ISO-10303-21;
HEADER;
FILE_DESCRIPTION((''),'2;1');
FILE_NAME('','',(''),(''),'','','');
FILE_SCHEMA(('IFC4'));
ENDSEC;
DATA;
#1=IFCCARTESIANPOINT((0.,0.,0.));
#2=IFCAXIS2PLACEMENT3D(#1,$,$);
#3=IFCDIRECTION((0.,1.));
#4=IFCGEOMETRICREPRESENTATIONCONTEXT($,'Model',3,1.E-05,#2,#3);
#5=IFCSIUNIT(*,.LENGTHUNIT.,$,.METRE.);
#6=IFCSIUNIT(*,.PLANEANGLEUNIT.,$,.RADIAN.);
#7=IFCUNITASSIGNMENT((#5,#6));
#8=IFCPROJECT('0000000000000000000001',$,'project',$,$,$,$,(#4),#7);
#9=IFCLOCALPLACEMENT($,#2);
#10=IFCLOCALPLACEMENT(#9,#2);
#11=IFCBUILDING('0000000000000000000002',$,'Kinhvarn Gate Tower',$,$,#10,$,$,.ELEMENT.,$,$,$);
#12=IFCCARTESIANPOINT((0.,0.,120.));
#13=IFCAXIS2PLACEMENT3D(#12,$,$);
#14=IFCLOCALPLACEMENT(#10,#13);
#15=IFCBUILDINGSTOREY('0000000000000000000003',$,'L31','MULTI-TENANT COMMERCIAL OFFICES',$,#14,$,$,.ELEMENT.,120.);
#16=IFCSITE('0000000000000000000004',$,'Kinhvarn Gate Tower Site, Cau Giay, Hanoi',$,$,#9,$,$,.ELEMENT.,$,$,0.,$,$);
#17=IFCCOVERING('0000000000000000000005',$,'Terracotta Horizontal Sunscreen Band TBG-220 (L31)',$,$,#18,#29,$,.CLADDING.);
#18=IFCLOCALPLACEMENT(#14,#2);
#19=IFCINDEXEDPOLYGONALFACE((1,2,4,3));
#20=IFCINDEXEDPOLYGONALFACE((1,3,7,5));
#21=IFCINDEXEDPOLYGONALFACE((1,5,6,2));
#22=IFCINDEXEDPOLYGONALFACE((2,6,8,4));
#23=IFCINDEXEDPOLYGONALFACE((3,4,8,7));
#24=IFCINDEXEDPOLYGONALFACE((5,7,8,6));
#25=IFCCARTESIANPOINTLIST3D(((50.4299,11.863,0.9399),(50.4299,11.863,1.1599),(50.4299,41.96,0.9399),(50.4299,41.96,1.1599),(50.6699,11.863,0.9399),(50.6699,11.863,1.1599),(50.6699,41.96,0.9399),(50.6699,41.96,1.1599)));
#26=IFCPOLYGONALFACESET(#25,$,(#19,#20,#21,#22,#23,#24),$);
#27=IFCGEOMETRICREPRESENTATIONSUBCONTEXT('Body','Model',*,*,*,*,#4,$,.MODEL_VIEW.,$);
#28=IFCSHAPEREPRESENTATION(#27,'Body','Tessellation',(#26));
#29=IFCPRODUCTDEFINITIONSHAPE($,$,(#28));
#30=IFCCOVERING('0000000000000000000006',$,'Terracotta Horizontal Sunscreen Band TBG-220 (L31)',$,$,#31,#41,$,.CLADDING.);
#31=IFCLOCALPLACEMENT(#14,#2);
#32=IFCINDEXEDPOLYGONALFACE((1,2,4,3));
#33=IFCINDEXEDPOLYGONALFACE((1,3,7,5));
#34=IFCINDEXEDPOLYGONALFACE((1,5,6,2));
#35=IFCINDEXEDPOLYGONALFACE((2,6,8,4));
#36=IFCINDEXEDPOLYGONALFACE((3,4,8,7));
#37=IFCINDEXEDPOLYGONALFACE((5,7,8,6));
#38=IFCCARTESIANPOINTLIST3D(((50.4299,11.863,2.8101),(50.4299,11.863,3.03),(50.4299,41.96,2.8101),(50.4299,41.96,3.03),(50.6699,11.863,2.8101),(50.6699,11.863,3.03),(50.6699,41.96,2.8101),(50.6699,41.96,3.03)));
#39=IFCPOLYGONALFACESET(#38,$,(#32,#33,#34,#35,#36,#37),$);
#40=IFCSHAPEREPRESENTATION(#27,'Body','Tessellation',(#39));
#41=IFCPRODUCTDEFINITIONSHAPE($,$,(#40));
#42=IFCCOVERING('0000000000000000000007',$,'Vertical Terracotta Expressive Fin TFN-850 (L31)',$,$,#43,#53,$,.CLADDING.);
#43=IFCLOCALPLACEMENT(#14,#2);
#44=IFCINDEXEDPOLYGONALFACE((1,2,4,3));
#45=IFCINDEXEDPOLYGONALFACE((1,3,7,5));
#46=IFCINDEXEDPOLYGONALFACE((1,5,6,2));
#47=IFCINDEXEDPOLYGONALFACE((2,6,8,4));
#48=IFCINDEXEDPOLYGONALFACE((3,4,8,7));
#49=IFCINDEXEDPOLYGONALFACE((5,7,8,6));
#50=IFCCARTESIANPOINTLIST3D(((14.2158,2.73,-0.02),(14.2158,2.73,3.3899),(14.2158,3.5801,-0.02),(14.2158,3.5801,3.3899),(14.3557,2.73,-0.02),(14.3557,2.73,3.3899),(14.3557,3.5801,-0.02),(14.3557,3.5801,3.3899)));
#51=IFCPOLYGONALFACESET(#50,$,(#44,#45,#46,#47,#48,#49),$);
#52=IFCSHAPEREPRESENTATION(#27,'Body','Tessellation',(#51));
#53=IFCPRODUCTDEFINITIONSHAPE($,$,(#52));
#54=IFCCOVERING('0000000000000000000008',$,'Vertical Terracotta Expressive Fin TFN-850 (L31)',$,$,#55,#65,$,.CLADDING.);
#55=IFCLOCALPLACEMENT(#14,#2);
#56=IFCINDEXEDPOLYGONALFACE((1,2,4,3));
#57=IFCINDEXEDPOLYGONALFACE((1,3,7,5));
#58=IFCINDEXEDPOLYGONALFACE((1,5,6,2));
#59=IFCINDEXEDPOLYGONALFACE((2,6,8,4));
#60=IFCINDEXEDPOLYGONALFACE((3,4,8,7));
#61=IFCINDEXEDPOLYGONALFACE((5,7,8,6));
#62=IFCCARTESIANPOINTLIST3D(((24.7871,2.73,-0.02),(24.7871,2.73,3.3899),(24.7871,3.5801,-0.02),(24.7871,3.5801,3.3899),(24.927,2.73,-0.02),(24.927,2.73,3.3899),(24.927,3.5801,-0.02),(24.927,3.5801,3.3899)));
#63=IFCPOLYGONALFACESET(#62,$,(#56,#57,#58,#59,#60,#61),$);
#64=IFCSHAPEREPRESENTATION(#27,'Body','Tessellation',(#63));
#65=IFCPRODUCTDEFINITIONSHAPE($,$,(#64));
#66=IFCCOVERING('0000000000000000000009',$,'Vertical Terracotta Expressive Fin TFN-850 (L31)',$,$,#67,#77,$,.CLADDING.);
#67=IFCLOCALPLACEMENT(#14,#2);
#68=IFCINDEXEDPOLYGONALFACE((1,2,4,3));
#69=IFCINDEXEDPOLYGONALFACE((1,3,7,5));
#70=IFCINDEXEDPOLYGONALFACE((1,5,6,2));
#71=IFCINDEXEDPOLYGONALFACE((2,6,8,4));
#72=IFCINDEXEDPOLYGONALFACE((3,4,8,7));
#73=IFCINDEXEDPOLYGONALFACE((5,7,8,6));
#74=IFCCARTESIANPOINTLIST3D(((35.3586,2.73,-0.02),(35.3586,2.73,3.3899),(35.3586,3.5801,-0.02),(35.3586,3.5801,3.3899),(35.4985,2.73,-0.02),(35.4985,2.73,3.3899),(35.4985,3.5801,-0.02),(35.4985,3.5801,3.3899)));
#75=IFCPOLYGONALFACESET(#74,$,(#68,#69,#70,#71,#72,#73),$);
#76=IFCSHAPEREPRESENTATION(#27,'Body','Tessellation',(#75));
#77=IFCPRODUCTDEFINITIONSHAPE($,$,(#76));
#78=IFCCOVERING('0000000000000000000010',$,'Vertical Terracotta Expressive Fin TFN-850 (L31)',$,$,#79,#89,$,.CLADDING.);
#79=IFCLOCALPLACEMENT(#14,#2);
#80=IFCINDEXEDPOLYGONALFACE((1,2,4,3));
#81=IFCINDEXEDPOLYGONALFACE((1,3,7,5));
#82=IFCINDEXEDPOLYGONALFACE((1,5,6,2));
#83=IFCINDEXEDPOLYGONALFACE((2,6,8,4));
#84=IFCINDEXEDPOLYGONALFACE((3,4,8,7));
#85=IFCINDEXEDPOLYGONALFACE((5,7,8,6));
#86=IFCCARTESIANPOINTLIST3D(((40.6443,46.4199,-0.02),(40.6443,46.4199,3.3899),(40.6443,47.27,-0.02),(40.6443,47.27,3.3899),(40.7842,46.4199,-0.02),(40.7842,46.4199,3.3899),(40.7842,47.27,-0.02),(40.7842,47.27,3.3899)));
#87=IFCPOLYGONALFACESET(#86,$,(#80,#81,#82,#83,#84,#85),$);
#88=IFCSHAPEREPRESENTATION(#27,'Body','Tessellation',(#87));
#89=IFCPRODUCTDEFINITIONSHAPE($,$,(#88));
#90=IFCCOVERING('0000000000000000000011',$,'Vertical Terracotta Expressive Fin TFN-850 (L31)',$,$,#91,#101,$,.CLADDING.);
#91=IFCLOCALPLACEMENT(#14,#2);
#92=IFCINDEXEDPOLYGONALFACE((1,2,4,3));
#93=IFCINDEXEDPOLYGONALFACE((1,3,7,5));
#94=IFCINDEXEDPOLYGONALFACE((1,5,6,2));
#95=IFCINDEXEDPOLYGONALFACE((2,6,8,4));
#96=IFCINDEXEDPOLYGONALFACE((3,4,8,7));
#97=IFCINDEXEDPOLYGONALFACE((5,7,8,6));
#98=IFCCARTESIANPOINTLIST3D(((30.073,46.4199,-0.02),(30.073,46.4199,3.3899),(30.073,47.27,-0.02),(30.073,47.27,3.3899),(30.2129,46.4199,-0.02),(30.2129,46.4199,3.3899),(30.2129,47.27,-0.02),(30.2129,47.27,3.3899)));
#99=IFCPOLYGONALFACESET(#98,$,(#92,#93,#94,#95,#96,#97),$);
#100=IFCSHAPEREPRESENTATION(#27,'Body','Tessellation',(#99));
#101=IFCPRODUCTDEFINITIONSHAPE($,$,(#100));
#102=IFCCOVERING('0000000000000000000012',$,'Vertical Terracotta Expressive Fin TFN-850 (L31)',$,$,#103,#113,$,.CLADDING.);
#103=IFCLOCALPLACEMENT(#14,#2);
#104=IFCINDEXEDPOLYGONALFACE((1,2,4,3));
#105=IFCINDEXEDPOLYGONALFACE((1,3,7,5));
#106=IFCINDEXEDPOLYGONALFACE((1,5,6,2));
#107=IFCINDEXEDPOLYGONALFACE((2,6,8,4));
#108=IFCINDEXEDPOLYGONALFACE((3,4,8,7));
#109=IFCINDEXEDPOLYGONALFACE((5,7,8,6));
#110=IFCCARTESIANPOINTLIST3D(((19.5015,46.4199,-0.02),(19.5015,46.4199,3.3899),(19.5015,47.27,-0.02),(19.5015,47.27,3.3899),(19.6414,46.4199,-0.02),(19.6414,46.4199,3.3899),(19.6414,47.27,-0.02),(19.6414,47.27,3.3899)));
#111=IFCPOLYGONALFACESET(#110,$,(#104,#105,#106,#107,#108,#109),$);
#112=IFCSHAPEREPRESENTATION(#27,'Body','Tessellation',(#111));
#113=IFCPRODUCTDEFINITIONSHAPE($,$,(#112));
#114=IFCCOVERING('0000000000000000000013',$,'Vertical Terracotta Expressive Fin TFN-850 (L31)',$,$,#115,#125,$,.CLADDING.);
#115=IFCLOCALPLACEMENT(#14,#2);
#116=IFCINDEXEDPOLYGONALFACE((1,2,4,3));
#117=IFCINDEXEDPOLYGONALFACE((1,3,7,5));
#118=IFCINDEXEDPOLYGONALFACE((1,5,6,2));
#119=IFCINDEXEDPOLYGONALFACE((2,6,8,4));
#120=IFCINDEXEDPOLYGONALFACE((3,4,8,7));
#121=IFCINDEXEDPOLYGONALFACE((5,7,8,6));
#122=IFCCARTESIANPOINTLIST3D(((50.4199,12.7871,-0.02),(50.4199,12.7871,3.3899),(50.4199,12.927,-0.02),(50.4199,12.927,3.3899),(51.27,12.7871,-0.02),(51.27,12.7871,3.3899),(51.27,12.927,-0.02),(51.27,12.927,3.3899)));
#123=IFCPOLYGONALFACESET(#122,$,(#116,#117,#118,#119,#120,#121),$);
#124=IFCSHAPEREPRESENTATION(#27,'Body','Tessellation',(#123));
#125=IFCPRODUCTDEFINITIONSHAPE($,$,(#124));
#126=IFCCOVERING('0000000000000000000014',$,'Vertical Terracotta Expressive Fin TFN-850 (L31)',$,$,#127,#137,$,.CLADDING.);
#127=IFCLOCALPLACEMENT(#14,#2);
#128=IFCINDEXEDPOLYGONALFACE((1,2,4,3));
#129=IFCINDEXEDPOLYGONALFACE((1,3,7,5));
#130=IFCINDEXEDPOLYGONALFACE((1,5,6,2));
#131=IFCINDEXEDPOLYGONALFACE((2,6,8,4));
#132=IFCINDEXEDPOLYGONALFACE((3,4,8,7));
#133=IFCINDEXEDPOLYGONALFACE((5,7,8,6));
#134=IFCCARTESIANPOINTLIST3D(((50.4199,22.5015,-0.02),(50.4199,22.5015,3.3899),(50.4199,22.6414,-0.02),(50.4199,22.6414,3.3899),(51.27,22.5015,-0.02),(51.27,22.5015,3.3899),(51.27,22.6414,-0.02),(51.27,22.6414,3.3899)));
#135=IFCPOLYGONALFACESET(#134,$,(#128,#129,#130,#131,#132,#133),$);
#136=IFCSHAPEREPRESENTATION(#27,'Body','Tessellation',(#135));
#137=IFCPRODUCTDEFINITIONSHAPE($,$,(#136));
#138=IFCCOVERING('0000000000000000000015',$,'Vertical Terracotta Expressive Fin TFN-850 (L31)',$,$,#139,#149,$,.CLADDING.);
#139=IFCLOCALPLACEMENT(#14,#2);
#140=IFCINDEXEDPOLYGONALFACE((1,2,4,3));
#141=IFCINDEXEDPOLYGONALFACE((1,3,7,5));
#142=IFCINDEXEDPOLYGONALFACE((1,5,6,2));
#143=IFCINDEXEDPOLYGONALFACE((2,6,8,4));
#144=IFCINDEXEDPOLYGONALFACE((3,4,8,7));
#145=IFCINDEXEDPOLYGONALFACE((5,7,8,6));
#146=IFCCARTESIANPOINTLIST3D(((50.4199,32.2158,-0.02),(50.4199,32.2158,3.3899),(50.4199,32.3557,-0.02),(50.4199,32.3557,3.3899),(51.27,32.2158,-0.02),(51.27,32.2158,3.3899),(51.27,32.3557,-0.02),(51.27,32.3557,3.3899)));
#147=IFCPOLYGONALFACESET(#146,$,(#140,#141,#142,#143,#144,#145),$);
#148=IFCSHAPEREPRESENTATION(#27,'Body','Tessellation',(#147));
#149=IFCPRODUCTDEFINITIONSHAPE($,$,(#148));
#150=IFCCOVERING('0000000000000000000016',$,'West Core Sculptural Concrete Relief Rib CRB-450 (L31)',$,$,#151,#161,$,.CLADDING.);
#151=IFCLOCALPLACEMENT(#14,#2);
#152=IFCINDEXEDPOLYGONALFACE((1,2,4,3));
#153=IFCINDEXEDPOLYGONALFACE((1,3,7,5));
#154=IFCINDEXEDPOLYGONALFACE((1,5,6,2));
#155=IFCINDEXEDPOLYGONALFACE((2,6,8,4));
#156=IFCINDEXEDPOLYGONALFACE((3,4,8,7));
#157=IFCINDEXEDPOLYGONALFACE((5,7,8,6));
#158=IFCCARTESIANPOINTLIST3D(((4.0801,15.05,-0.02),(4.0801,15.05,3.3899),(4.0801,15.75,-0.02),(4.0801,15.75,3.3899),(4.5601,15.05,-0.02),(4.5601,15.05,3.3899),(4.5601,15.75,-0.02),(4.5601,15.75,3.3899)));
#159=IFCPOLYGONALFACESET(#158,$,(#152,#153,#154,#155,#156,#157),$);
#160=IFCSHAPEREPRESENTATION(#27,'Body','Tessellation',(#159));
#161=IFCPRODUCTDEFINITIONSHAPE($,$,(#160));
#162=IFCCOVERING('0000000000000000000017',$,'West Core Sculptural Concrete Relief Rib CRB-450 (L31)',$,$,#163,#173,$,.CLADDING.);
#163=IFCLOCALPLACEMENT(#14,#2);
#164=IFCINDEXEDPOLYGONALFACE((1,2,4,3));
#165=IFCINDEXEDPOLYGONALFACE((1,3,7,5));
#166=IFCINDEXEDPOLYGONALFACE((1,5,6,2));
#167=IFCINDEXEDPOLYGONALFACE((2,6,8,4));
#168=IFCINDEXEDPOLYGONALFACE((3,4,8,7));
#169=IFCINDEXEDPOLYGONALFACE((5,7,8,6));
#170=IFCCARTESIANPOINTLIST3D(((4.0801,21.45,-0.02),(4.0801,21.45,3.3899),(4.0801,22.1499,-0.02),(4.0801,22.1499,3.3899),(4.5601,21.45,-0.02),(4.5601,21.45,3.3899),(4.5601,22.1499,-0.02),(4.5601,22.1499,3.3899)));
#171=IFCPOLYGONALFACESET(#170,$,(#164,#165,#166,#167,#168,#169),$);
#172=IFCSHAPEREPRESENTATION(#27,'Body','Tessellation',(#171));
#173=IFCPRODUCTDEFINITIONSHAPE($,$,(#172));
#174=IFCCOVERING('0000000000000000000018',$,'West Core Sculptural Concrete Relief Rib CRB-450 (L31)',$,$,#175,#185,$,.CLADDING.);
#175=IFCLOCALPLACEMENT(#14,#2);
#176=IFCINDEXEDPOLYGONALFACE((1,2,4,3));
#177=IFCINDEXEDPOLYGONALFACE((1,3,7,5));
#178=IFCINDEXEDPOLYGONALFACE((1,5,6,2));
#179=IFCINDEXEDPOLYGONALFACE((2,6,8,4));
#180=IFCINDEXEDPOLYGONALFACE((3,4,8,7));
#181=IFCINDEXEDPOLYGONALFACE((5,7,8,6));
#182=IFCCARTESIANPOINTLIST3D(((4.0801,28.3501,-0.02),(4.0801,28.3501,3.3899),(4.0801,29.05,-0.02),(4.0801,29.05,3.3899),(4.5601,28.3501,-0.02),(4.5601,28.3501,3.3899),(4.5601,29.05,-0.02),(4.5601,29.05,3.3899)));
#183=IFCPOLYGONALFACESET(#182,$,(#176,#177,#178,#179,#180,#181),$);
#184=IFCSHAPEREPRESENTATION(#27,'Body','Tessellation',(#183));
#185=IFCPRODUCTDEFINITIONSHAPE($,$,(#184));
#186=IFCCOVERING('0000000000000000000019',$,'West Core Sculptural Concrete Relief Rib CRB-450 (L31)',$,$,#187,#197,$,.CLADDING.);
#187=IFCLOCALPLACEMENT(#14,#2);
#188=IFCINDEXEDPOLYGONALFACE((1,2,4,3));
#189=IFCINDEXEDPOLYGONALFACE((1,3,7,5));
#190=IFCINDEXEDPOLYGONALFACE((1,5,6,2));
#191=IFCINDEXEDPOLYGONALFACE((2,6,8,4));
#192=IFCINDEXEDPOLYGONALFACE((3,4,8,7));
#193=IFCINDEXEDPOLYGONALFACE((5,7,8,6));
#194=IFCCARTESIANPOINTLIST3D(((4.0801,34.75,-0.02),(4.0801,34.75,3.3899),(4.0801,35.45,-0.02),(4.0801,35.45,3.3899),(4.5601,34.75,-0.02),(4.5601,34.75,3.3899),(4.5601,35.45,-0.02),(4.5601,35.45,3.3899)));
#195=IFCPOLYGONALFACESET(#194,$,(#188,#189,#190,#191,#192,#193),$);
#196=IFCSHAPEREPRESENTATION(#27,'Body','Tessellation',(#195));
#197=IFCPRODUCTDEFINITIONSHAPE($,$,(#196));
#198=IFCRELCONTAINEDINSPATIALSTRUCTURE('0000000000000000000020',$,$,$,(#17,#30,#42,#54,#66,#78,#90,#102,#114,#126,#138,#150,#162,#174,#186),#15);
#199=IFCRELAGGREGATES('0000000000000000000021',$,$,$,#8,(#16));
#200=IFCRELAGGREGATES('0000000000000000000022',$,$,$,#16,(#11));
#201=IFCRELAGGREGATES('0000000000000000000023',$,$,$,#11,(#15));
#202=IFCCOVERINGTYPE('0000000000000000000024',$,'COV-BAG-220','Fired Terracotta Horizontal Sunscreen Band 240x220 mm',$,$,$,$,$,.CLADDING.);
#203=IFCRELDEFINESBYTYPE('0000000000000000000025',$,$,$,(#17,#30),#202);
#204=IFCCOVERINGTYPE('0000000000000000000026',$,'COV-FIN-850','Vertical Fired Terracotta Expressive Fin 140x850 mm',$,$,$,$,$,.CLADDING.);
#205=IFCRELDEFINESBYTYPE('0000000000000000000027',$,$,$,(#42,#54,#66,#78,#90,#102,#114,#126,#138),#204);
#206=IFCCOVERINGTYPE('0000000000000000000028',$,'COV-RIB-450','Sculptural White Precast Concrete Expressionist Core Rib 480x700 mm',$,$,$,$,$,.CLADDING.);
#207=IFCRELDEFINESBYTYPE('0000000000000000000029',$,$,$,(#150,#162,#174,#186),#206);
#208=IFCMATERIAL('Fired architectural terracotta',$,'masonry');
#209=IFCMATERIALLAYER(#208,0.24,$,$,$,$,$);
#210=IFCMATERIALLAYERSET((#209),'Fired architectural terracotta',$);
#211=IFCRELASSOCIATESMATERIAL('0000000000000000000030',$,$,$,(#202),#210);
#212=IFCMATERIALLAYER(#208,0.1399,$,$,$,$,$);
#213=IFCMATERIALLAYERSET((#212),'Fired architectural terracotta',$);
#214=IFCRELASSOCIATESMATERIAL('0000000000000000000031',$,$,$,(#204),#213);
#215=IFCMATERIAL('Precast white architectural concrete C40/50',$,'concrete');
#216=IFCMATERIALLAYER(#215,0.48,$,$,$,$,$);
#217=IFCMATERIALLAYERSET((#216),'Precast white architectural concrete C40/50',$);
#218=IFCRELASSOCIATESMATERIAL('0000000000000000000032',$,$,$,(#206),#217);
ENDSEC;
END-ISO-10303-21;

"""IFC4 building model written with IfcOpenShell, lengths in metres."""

from ifc_helpers import new_model, si_unit, direction, frame, origin, place, context, subcontext, project, spatial, polyline, outline, extrude, material, layer, layer_set, type_object, element, save


model = new_model("IFC4")

# Units and contexts
model_context = context("Model", 3, precision=1e-05, world=origin(), true_north=direction((0.0, 1.0)))
body_context = subcontext(model_context, "Body", "Model", "MODEL_VIEW")
ifc_project = project(units=[si_unit("LENGTHUNIT", "METRE"), si_unit("PLANEANGLEUNIT", "RADIAN")], contexts=[model_context])

# Site, building, storey
site_placement = place(None, origin())
site = spatial("IfcSite", under=ifc_project, at=site_placement, Name="Kinhvarn Gate Tower Site, Cau Giay, Hanoi", CompositionType="ELEMENT", RefElevation=0.0)
building_placement = place(site_placement, origin())
building = spatial("IfcBuilding", under=site, at=building_placement, Name="Kinhvarn Gate Tower", CompositionType="ELEMENT")
storey_placement = place(building_placement, frame((0.0, 0.0, 120.0)))
storey = spatial("IfcBuildingStorey", under=building, at=storey_placement, Name="L31", Description="MULTI-TENANT COMMERCIAL OFFICES", CompositionType="ELEMENT", Elevation=120.0)

# Shared definitions
ifc_material_1 = material(Name="Precast white architectural concrete C40/50", Category="concrete")

# Coverings
ifc_material_2 = material(Name="Fired architectural terracotta", Category="masonry")
ifc_layer_1 = layer(ifc_material_2, 0.24)
ifc_layer_set_1 = layer_set([ifc_layer_1], Name="Fired architectural terracotta")
covering_type_1 = type_object("IfcCoveringType", Name="COV-BAG-220", Description="Fired Terracotta Horizontal Sunscreen Band 240x220 mm", PredefinedType="CLADDING", material=ifc_layer_set_1)
for number, where, name in (
    (1, (0.0, 0.0, 0.9399), "Terracotta Horizontal Sunscreen Band TBG-220 (L31)"),
    (2, (0.0, 0.0, 2.8101), "Terracotta Horizontal Sunscreen Band TBG-220 (L31)"),
):
    element("IfcCovering", number, at=place(storey_placement, frame(where)), inside=storey, type_object=covering_type_1, Name=name, PredefinedType="CLADDING", context=body_context, shape_type="SweptSolid", body=[
        extrude(outline(polyline([(50.4299, 11.863), (50.4299, 41.96), (50.6699, 41.96), (50.6699, 11.863), (50.4299, 11.863)])), origin(), (0.0, 0.0, 1.0), 0.22),
    ])
ifc_layer_2 = layer(ifc_material_2, 0.1399)
ifc_layer_set_2 = layer_set([ifc_layer_2], Name="Fired architectural terracotta")
covering_type_2 = type_object("IfcCoveringType", Name="COV-FIN-850", Description="Vertical Fired Terracotta Expressive Fin 140x850 mm", PredefinedType="CLADDING", material=ifc_layer_set_2)
covering_1_placement = place(storey_placement, frame((0.0, 0.0, -0.02)))
element("IfcCovering", 3, at=covering_1_placement, inside=storey, type_object=covering_type_2, Name="Vertical Terracotta Expressive Fin TFN-850 (L31)", PredefinedType="CLADDING", context=body_context, shape_type="SweptSolid", body=[
    extrude(outline(polyline([(14.2158, 3.5801), (14.3557, 3.5801), (14.3557, 2.73), (14.2158, 2.73), (14.2158, 3.5801)])), origin(), (0.0, 0.0, 1.0), 3.4099),
])
covering_2_placement = place(storey_placement, frame((0.0, 0.0, -0.02)))
element("IfcCovering", 4, at=covering_2_placement, inside=storey, type_object=covering_type_2, Name="Vertical Terracotta Expressive Fin TFN-850 (L31)", PredefinedType="CLADDING", context=body_context, shape_type="SweptSolid", body=[
    extrude(outline(polyline([(24.7871, 3.5801), (24.927, 3.5801), (24.927, 2.73), (24.7871, 2.73), (24.7871, 3.5801)])), origin(), (0.0, 0.0, 1.0), 3.4099),
])
covering_3_placement = place(storey_placement, frame((0.0, 0.0, -0.02)))
element("IfcCovering", 5, at=covering_3_placement, inside=storey, type_object=covering_type_2, Name="Vertical Terracotta Expressive Fin TFN-850 (L31)", PredefinedType="CLADDING", context=body_context, shape_type="SweptSolid", body=[
    extrude(outline(polyline([(35.3586, 3.5801), (35.4985, 3.5801), (35.4985, 2.73), (35.3586, 2.73), (35.3586, 3.5801)])), origin(), (0.0, 0.0, 1.0), 3.4099),
])
covering_4_placement = place(storey_placement, frame((0.0, 0.0, -0.02)))
element("IfcCovering", 6, at=covering_4_placement, inside=storey, type_object=covering_type_2, Name="Vertical Terracotta Expressive Fin TFN-850 (L31)", PredefinedType="CLADDING", context=body_context, shape_type="SweptSolid", body=[
    extrude(outline(polyline([(40.7842, 46.4199), (40.6443, 46.4199), (40.6443, 47.27), (40.7842, 47.27), (40.7842, 46.4199)])), origin(), (0.0, 0.0, 1.0), 3.4099),
])
covering_5_placement = place(storey_placement, frame((0.0, 0.0, -0.02)))
element("IfcCovering", 7, at=covering_5_placement, inside=storey, type_object=covering_type_2, Name="Vertical Terracotta Expressive Fin TFN-850 (L31)", PredefinedType="CLADDING", context=body_context, shape_type="SweptSolid", body=[
    extrude(outline(polyline([(30.2129, 46.4199), (30.073, 46.4199), (30.073, 47.27), (30.2129, 47.27), (30.2129, 46.4199)])), origin(), (0.0, 0.0, 1.0), 3.4099),
])
covering_6_placement = place(storey_placement, frame((0.0, 0.0, -0.02)))
element("IfcCovering", 8, at=covering_6_placement, inside=storey, type_object=covering_type_2, Name="Vertical Terracotta Expressive Fin TFN-850 (L31)", PredefinedType="CLADDING", context=body_context, shape_type="SweptSolid", body=[
    extrude(outline(polyline([(19.6414, 46.4199), (19.5015, 46.4199), (19.5015, 47.27), (19.6414, 47.27), (19.6414, 46.4199)])), origin(), (0.0, 0.0, 1.0), 3.4099),
])
covering_7_placement = place(storey_placement, frame((0.0, 0.0, -0.02)))
element("IfcCovering", 9, at=covering_7_placement, inside=storey, type_object=covering_type_2, Name="Vertical Terracotta Expressive Fin TFN-850 (L31)", PredefinedType="CLADDING", context=body_context, shape_type="SweptSolid", body=[
    extrude(outline(polyline([(50.4199, 12.7871), (50.4199, 12.927), (51.27, 12.927), (51.27, 12.7871), (50.4199, 12.7871)])), origin(), (0.0, 0.0, 1.0), 3.4099),
])
covering_8_placement = place(storey_placement, frame((0.0, 0.0, -0.02)))
element("IfcCovering", 10, at=covering_8_placement, inside=storey, type_object=covering_type_2, Name="Vertical Terracotta Expressive Fin TFN-850 (L31)", PredefinedType="CLADDING", context=body_context, shape_type="SweptSolid", body=[
    extrude(outline(polyline([(50.4199, 22.5015), (50.4199, 22.6414), (51.27, 22.6414), (51.27, 22.5015), (50.4199, 22.5015)])), origin(), (0.0, 0.0, 1.0), 3.4099),
])
covering_9_placement = place(storey_placement, frame((0.0, 0.0, -0.02)))
element("IfcCovering", 11, at=covering_9_placement, inside=storey, type_object=covering_type_2, Name="Vertical Terracotta Expressive Fin TFN-850 (L31)", PredefinedType="CLADDING", context=body_context, shape_type="SweptSolid", body=[
    extrude(outline(polyline([(50.4199, 32.2158), (50.4199, 32.3557), (51.27, 32.3557), (51.27, 32.2158), (50.4199, 32.2158)])), origin(), (0.0, 0.0, 1.0), 3.4099),
])
ifc_layer_3 = layer(ifc_material_1, 0.48)
ifc_layer_set_3 = layer_set([ifc_layer_3], Name="Precast white architectural concrete C40/50")
covering_type_3 = type_object("IfcCoveringType", Name="COV-RIB-450", Description="Sculptural White Precast Concrete Expressionist Core Rib 480x700 mm", PredefinedType="CLADDING", material=ifc_layer_set_3)
covering_10_placement = place(storey_placement, frame((0.0, 0.0, -0.02)))
element("IfcCovering", 12, at=covering_10_placement, inside=storey, type_object=covering_type_3, Name="West Core Sculptural Concrete Relief Rib CRB-450 (L31)", PredefinedType="CLADDING", context=body_context, shape_type="SweptSolid", body=[
    extrude(outline(polyline([(4.0801, 15.05), (4.5601, 15.05), (4.5601, 15.75), (4.0801, 15.75), (4.0801, 15.05)])), origin(), (0.0, 0.0, 1.0), 3.4099),
])
covering_11_placement = place(storey_placement, frame((0.0, 0.0, -0.02)))
element("IfcCovering", 13, at=covering_11_placement, inside=storey, type_object=covering_type_3, Name="West Core Sculptural Concrete Relief Rib CRB-450 (L31)", PredefinedType="CLADDING", context=body_context, shape_type="SweptSolid", body=[
    extrude(outline(polyline([(4.0801, 21.45), (4.5601, 21.45), (4.5601, 22.1499), (4.0801, 22.1499), (4.0801, 21.45)])), origin(), (0.0, 0.0, 1.0), 3.4099),
])
covering_12_placement = place(storey_placement, frame((0.0, 0.0, -0.02)))
element("IfcCovering", 14, at=covering_12_placement, inside=storey, type_object=covering_type_3, Name="West Core Sculptural Concrete Relief Rib CRB-450 (L31)", PredefinedType="CLADDING", context=body_context, shape_type="SweptSolid", body=[
    extrude(outline(polyline([(4.0801, 28.3501), (4.5601, 28.3501), (4.5601, 29.05), (4.0801, 29.05), (4.0801, 28.3501)])), origin(), (0.0, 0.0, 1.0), 3.4099),
])
covering_13_placement = place(storey_placement, frame((0.0, 0.0, -0.02)))
element("IfcCovering", 15, at=covering_13_placement, inside=storey, type_object=covering_type_3, Name="West Core Sculptural Concrete Relief Rib CRB-450 (L31)", PredefinedType="CLADDING", context=body_context, shape_type="SweptSolid", body=[
    extrude(outline(polyline([(4.0801, 34.75), (4.5601, 34.75), (4.5601, 35.45), (4.0801, 35.45), (4.0801, 34.75)])), origin(), (0.0, 0.0, 1.0), 3.4099),
])

save(model, "model.ifc")
